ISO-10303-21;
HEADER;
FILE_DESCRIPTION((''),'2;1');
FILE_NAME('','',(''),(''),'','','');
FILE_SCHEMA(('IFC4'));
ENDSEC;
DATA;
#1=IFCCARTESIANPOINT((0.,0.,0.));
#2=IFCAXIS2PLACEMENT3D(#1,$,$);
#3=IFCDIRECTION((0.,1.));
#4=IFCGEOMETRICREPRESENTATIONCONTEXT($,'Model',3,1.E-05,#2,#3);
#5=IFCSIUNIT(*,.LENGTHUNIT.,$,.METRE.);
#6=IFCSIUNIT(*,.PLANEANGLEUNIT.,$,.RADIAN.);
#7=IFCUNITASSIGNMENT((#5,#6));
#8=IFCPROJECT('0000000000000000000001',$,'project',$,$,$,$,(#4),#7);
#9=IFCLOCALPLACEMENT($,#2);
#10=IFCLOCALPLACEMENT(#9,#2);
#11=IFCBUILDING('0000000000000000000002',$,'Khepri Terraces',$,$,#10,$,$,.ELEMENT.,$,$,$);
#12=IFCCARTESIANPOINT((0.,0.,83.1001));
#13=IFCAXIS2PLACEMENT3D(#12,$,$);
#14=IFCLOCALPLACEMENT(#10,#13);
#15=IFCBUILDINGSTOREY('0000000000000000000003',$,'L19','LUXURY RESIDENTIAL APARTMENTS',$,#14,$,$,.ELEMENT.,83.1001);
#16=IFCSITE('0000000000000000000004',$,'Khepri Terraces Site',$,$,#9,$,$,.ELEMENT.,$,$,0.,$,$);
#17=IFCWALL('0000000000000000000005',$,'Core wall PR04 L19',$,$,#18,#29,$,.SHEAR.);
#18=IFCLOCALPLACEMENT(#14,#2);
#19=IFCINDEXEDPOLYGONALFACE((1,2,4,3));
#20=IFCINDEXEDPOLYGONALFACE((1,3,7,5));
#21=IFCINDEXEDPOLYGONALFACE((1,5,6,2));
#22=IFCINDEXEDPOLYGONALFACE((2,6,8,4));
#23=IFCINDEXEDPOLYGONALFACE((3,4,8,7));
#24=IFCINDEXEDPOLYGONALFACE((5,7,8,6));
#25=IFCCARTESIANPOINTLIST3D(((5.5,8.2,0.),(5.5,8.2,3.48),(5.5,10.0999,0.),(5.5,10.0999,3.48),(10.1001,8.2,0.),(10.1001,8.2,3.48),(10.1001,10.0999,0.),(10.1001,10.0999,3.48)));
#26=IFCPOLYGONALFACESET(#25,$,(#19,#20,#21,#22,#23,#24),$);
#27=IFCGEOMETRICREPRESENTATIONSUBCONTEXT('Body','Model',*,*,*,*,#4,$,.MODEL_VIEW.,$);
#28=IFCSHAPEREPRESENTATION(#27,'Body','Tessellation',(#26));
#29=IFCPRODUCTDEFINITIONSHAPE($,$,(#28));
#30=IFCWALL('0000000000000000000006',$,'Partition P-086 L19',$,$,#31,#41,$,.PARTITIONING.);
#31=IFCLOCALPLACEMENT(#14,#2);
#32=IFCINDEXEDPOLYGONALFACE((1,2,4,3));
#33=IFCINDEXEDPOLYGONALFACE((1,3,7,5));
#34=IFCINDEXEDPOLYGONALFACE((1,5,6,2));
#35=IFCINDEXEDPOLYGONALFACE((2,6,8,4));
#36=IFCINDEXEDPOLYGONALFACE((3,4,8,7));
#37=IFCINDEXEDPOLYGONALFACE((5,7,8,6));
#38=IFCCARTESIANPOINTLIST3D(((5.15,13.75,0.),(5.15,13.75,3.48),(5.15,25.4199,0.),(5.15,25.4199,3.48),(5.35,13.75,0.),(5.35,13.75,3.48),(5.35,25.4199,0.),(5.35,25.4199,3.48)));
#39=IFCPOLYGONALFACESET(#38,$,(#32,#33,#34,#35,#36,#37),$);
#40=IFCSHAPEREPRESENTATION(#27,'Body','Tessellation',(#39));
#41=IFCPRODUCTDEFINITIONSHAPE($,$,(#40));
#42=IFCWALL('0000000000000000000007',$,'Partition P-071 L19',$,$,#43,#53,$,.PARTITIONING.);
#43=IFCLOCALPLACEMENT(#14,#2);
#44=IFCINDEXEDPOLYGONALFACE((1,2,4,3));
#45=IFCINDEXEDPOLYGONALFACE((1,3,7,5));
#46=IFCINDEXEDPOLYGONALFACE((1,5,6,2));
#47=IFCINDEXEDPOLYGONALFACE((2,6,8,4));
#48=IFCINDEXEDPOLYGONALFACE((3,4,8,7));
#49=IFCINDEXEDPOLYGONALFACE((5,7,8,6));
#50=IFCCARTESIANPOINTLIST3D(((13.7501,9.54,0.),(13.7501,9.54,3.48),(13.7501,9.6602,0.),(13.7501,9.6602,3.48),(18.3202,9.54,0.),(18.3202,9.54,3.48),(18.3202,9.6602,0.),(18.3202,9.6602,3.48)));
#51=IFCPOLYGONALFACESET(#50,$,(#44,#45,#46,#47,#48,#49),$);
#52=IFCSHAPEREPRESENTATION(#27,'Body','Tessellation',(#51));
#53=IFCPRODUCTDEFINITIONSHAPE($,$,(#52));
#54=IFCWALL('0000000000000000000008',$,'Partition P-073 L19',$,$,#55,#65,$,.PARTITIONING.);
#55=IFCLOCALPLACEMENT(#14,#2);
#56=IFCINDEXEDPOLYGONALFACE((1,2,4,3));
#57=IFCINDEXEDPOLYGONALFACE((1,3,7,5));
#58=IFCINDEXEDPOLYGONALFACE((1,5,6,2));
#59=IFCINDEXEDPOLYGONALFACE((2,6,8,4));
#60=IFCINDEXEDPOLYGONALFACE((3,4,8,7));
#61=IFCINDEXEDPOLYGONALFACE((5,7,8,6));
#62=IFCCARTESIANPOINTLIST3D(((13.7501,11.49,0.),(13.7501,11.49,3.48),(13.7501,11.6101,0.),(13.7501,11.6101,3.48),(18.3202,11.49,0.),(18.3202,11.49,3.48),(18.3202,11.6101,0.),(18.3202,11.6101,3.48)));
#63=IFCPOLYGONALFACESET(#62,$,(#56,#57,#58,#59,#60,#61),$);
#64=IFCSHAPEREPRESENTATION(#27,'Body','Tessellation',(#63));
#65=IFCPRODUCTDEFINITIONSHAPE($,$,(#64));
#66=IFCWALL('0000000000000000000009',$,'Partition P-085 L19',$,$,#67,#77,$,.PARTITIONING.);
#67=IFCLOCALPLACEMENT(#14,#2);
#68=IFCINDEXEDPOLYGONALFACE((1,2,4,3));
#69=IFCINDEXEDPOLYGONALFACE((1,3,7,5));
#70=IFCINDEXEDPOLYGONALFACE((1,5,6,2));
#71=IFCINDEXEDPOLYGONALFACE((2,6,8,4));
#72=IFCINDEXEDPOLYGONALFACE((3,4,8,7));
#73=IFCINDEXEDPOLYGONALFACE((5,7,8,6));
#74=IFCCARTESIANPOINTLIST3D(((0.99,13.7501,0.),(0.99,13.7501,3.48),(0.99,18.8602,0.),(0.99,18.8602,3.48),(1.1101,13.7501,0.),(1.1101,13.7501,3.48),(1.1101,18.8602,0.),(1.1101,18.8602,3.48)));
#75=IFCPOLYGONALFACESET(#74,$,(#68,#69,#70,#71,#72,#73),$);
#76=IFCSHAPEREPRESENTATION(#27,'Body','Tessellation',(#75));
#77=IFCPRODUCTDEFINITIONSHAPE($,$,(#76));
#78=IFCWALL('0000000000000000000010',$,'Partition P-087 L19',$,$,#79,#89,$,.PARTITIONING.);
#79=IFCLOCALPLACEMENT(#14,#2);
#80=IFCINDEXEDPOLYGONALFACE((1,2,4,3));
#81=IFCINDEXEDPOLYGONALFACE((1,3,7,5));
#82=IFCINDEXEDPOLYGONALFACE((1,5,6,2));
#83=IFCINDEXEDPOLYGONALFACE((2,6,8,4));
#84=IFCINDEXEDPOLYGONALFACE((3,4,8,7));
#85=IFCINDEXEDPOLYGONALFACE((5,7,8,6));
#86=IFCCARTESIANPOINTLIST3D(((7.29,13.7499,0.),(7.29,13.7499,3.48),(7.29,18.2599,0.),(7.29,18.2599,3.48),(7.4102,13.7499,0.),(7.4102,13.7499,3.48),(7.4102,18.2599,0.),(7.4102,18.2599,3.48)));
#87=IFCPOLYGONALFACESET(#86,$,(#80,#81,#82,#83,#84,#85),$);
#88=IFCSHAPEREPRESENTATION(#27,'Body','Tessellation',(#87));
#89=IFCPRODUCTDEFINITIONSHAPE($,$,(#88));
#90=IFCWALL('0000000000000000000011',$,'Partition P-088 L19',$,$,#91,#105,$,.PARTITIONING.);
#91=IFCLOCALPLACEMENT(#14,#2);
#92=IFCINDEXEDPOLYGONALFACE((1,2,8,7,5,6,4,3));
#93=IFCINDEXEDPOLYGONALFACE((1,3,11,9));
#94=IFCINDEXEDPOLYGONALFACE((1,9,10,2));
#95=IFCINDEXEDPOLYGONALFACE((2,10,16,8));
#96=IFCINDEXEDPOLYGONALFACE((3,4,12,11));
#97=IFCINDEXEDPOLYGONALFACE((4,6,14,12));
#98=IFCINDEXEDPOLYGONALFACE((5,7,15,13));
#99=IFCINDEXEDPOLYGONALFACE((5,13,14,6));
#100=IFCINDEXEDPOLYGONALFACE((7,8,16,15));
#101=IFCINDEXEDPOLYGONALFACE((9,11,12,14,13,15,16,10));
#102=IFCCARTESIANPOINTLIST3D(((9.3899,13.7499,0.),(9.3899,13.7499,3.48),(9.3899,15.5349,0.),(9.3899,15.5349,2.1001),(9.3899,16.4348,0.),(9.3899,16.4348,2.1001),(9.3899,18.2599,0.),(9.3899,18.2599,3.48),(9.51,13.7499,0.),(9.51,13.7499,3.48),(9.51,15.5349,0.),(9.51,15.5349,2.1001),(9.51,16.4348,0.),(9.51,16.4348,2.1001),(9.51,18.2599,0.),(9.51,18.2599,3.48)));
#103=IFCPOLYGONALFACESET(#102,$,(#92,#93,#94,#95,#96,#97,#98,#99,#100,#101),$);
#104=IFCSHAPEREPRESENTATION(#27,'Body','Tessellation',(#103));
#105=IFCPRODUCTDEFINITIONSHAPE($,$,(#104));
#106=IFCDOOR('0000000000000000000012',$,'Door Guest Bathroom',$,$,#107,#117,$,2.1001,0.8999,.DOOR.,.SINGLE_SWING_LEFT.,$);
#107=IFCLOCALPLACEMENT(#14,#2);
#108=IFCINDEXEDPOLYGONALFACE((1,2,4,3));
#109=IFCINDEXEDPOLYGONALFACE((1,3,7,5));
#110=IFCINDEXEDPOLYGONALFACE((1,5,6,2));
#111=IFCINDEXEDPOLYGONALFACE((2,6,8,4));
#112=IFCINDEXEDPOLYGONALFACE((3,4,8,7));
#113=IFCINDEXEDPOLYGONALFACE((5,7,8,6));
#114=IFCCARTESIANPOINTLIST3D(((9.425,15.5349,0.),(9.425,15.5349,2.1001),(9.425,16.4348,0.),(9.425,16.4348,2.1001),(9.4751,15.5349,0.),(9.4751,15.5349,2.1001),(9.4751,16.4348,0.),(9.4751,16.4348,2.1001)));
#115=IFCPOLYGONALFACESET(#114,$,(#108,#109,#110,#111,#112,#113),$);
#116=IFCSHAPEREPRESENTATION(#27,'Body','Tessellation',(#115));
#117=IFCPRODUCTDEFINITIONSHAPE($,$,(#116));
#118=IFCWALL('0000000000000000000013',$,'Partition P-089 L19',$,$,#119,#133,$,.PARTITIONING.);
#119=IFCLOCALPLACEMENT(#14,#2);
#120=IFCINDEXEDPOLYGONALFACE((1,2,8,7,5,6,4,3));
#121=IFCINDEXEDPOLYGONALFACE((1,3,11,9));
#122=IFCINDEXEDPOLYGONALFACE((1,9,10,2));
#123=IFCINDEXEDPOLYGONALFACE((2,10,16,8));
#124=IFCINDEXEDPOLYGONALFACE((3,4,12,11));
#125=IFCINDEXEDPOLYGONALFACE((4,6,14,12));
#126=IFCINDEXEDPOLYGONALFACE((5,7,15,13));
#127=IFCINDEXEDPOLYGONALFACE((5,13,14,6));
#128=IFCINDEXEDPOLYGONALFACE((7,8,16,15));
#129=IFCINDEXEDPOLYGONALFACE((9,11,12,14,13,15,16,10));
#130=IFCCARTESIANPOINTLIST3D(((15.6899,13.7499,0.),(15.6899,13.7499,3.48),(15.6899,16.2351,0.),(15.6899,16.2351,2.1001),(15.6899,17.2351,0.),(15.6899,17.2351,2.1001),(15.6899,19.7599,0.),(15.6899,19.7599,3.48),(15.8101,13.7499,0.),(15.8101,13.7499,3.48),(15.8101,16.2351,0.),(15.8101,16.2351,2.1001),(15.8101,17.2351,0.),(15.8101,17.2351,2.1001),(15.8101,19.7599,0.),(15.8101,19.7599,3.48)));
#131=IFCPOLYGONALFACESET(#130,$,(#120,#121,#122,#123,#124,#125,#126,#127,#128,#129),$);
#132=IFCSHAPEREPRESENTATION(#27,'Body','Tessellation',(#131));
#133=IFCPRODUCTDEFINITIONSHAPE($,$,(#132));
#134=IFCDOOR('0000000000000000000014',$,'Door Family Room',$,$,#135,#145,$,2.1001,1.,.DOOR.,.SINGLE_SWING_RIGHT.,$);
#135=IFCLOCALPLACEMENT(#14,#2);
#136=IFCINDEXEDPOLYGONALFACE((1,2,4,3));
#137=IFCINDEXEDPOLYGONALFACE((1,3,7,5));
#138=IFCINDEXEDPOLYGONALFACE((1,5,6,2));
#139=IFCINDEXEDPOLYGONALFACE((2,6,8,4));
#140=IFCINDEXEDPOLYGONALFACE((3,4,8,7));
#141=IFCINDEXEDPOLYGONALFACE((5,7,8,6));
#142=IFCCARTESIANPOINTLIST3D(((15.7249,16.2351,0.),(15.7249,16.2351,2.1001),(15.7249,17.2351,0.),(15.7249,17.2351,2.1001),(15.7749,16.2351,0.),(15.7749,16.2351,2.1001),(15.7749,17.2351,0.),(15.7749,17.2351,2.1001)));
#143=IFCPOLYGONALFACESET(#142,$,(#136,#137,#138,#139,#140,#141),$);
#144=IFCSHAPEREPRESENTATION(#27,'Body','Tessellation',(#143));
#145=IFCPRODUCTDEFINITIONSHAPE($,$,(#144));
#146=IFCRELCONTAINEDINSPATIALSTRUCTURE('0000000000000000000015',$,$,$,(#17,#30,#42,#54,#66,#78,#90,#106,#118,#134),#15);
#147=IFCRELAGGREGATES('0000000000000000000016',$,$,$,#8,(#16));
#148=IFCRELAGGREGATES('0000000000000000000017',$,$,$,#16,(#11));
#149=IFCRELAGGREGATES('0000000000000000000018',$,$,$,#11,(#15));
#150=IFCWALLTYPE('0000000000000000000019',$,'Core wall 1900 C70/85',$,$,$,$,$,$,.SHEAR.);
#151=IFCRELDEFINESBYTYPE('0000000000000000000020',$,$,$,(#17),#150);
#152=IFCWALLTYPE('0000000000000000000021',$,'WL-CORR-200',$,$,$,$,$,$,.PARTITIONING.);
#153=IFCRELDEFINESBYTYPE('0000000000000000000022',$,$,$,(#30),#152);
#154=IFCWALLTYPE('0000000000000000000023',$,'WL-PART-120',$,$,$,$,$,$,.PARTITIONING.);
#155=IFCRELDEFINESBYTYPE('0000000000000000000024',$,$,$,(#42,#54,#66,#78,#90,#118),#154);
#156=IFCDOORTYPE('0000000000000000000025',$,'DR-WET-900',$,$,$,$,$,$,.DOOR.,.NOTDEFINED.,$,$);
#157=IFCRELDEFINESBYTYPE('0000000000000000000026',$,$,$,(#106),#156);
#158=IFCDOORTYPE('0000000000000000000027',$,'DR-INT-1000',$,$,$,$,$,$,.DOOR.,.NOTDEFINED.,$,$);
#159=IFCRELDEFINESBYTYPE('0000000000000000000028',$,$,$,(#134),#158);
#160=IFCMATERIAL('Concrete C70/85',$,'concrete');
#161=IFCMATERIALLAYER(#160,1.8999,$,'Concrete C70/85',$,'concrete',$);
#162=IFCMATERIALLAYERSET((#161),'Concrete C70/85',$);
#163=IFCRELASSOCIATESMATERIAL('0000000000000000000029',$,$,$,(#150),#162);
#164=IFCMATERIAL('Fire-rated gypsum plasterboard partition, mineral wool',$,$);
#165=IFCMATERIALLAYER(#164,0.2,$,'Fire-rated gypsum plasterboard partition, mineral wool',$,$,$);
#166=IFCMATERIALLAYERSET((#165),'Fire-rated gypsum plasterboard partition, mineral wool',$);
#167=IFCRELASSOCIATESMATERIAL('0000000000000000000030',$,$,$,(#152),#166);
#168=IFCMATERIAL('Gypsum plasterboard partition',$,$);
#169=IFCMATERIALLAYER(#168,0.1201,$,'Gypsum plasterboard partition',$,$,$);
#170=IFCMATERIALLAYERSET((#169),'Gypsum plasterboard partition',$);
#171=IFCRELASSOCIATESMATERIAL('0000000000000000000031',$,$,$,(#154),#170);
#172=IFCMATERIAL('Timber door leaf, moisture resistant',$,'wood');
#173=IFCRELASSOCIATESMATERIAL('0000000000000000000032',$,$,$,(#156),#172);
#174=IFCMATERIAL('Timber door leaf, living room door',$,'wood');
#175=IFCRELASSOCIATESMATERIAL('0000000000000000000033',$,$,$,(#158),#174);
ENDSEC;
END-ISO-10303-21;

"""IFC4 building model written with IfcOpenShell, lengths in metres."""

from ifc_helpers import new_model, si_unit, direction, frame, frame_2d, origin, place, context, subcontext, project, spatial, rectangle, extrude, material, layer, layer_set, type_object, element, fill, save


model = new_model("IFC4")

# Units and contexts
model_context = context("Model", 3, precision=1e-05, world=origin(), true_north=direction((0.0, 1.0)))
body_context = subcontext(model_context, "Body", "Model", "MODEL_VIEW")
ifc_project = project(units=[si_unit("LENGTHUNIT", "METRE"), si_unit("PLANEANGLEUNIT", "RADIAN")], contexts=[model_context])

# Site, building, storey
site_placement = place(None, origin())
site = spatial("IfcSite", under=ifc_project, at=site_placement, Name="Khepri Terraces Site", CompositionType="ELEMENT", RefElevation=0.0)
building_placement = place(site_placement, origin())
building = spatial("IfcBuilding", under=site, at=building_placement, Name="Khepri Terraces", CompositionType="ELEMENT")
storey_placement = place(building_placement, frame((0.0, 0.0, 83.1001)))
storey = spatial("IfcBuildingStorey", under=building, at=storey_placement, Name="L19", Description="LUXURY RESIDENTIAL APARTMENTS", CompositionType="ELEMENT", Elevation=83.1001)

# Walls
ifc_material_1 = material(Name="Concrete C70/85", Category="concrete")
ifc_layer_1 = layer(ifc_material_1, 1.8999, Name="Concrete C70/85", Category="concrete")
ifc_layer_set_1 = layer_set([ifc_layer_1], Name="Concrete C70/85")
wall_type_1 = type_object("IfcWallType", Name="Core wall 1900 C70/85", PredefinedType="SHEAR", material=ifc_layer_set_1)
wall_1_placement = place(storey_placement, frame((5.5, 9.1499, 0.0), z_axis=(0.0, 0.0, 1.0), x_axis=(1.0, 0.0, 0.0)))
element("IfcWall", 1, at=wall_1_placement, inside=storey, type_object=wall_type_1, Name="Core wall PR04 L19", PredefinedType="SHEAR", context=body_context, shape_type="SweptSolid", body=[
    extrude(rectangle(XDim=4.6001, YDim=1.8999, at=frame_2d((2.3, 0.0))), origin(), (0.0, 0.0, 1.0), 3.48),
])
ifc_material_2 = material(Name="Fire-rated gypsum plasterboard partition, mineral wool")
ifc_layer_2 = layer(ifc_material_2, 0.2, Name="Fire-rated gypsum plasterboard partition, mineral wool")
ifc_layer_set_2 = layer_set([ifc_layer_2], Name="Fire-rated gypsum plasterboard partition, mineral wool")
wall_type_2 = type_object("IfcWallType", Name="WL-CORR-200", PredefinedType="PARTITIONING", material=ifc_layer_set_2)
wall_2_placement = place(storey_placement, frame((5.25, 13.75, 0.0), z_axis=(0.0, 0.0, 1.0), x_axis=(0.0, 1.0, 0.0)))
element("IfcWall", 2, at=wall_2_placement, inside=storey, type_object=wall_type_2, Name="Partition P-086 L19", PredefinedType="PARTITIONING", context=body_context, shape_type="SweptSolid", body=[
    extrude(rectangle(XDim=11.6699, YDim=0.2, at=frame_2d((5.835, 0.0))), origin(), (0.0, 0.0, 1.0), 3.48),
])
ifc_material_3 = material(Name="Gypsum plasterboard partition")
ifc_layer_3 = layer(ifc_material_3, 0.1201, Name="Gypsum plasterboard partition")
ifc_layer_set_3 = layer_set([ifc_layer_3], Name="Gypsum plasterboard partition")
wall_type_3 = type_object("IfcWallType", Name="WL-PART-120", PredefinedType="PARTITIONING", material=ifc_layer_set_3)
for number, where, z_axis, x_axis, name in (
    (3, (13.75, 9.6001, 0.0), (0.0, 0.0, 1.0), (1.0, 0.0, 0.0), "Partition P-071 L19"),
    (4, (13.75, 11.55, 0.0), (0.0, 0.0, 1.0), (1.0, 0.0, 0.0), "Partition P-073 L19"),
):
    element("IfcWall", number, at=place(storey_placement, frame(where, z_axis=z_axis, x_axis=x_axis)), inside=storey, type_object=wall_type_3, Name=name, PredefinedType="PARTITIONING", context=body_context, shape_type="SweptSolid", body=[
        extrude(rectangle(XDim=4.5701, YDim=0.1201, at=frame_2d((2.2852, 0.0))), origin(), (0.0, 0.0, 1.0), 3.48),
    ])
wall_3_placement = place(storey_placement, frame((1.05, 13.75, 0.0), z_axis=(0.0, 0.0, 1.0), x_axis=(0.0, 1.0, 0.0)))
element("IfcWall", 5, at=wall_3_placement, inside=storey, type_object=wall_type_3, Name="Partition P-085 L19", PredefinedType="PARTITIONING", context=body_context, shape_type="SweptSolid", body=[
    extrude(rectangle(XDim=5.1101, YDim=0.1201, at=frame_2d((2.5552, 0.0))), origin(), (0.0, 0.0, 1.0), 3.48),
])
wall_4_placement = place(storey_placement, frame((7.3501, 13.75, 0.0), z_axis=(0.0, 0.0, 1.0), x_axis=(0.0, 1.0, 0.0)))
element("IfcWall", 6, at=wall_4_placement, inside=storey, type_object=wall_type_3, Name="Partition P-087 L19", PredefinedType="PARTITIONING", context=body_context, shape_type="SweptSolid", body=[
    extrude(rectangle(XDim=4.51, YDim=0.1201, at=frame_2d((2.2549, 0.0))), origin(), (0.0, 0.0, 1.0), 3.48),
])

# Walls, openings, doors
wall_5_placement = place(storey_placement, frame((9.45, 13.75, 0.0), z_axis=(0.0, 0.0, 1.0), x_axis=(0.0, 1.0, 0.0)))
wall_5 = element("IfcWall", 7, at=wall_5_placement, inside=storey, type_object=wall_type_3, Name="Partition P-088 L19", PredefinedType="PARTITIONING", context=body_context, shape_type="SweptSolid", body=[
    extrude(rectangle(XDim=4.51, YDim=0.1201, at=frame_2d((2.2549, 0.0))), origin(), (0.0, 0.0, 1.0), 3.48),
])
opening_1_placement = place(wall_5_placement, frame((1.7849, 0.0, 0.0)))
opening_1 = element("IfcOpeningElement", 8, at=opening_1_placement, cuts=wall_5, PredefinedType="OPENING", context=body_context, shape_type="SweptSolid", body=[
    extrude(rectangle(XDim=0.8999, YDim=2.1001, at=frame_2d((0.45, 1.05))), frame((0.0, 0.0701, 0.0), z_axis=(0.0, -1.0, 0.0), x_axis=(1.0, 0.0, 0.0)), (0.0, 0.0, 1.0), 0.1401),
])
ifc_material_4 = material(Name="Timber door leaf, moisture resistant", Category="wood")
door_type_1 = type_object("IfcDoorType", Name="DR-WET-900", OperationType="NOTDEFINED", PredefinedType="DOOR", material=ifc_material_4)
door_1_placement = place(opening_1_placement, origin())
door_1 = element("IfcDoor", 9, at=door_1_placement, inside=storey, type_object=door_type_1, Name="Door Guest Bathroom", OperationType="SINGLE_SWING_LEFT", OverallHeight=2.1001, OverallWidth=0.8999, PredefinedType="DOOR", context=body_context, shape_type="SweptSolid", body=[
    extrude(rectangle(XDim=0.8999, YDim=2.1001, at=frame_2d((0.45, 1.05))), frame((0.0, 0.0249, 0.0), z_axis=(0.0, -1.0, 0.0), x_axis=(1.0, 0.0, 0.0)), (0.0, 0.0, 1.0), 0.05),
])
fill(opening_1, door_1)
wall_6_placement = place(storey_placement, frame((15.75, 13.75, 0.0), z_axis=(0.0, 0.0, 1.0), x_axis=(0.0, 1.0, 0.0)))
wall_6 = element("IfcWall", 10, at=wall_6_placement, inside=storey, type_object=wall_type_3, Name="Partition P-089 L19", PredefinedType="PARTITIONING", context=body_context, shape_type="SweptSolid", body=[
    extrude(rectangle(XDim=6.01, YDim=0.1201, at=frame_2d((3.0049, 0.0))), origin(), (0.0, 0.0, 1.0), 3.48),
])
opening_2_placement = place(wall_6_placement, frame((2.4851, 0.0, 0.0)))
opening_2 = element("IfcOpeningElement", 11, at=opening_2_placement, cuts=wall_6, PredefinedType="OPENING", context=body_context, shape_type="SweptSolid", body=[
    extrude(rectangle(XDim=1.0, YDim=2.1001, at=frame_2d((0.5, 1.05))), frame((0.0, 0.0701, 0.0), z_axis=(0.0, -1.0, 0.0), x_axis=(1.0, 0.0, 0.0)), (0.0, 0.0, 1.0), 0.1401),
])
ifc_material_5 = material(Name="Timber door leaf, living room door", Category="wood")
door_type_2 = type_object("IfcDoorType", Name="DR-INT-1000", OperationType="NOTDEFINED", PredefinedType="DOOR", material=ifc_material_5)
door_2_placement = place(opening_2_placement, frame((1.0, 0.0, 0.0), z_axis=(0.0, 0.0, 1.0), x_axis=(-1.0, 0.0, 0.0)))
door_2 = element("IfcDoor", 12, at=door_2_placement, inside=storey, type_object=door_type_2, Name="Door Family Room", OperationType="SINGLE_SWING_RIGHT", OverallHeight=2.1001, OverallWidth=1.0, PredefinedType="DOOR", context=body_context, shape_type="SweptSolid", body=[
    extrude(rectangle(XDim=1.0, YDim=2.1001, at=frame_2d((0.5, 1.05))), frame((0.0, 0.0249, 0.0), z_axis=(0.0, -1.0, 0.0), x_axis=(1.0, 0.0, 0.0)), (0.0, 0.0, 1.0), 0.05),
])
fill(opening_2, door_2)

save(model, "model.ifc")
